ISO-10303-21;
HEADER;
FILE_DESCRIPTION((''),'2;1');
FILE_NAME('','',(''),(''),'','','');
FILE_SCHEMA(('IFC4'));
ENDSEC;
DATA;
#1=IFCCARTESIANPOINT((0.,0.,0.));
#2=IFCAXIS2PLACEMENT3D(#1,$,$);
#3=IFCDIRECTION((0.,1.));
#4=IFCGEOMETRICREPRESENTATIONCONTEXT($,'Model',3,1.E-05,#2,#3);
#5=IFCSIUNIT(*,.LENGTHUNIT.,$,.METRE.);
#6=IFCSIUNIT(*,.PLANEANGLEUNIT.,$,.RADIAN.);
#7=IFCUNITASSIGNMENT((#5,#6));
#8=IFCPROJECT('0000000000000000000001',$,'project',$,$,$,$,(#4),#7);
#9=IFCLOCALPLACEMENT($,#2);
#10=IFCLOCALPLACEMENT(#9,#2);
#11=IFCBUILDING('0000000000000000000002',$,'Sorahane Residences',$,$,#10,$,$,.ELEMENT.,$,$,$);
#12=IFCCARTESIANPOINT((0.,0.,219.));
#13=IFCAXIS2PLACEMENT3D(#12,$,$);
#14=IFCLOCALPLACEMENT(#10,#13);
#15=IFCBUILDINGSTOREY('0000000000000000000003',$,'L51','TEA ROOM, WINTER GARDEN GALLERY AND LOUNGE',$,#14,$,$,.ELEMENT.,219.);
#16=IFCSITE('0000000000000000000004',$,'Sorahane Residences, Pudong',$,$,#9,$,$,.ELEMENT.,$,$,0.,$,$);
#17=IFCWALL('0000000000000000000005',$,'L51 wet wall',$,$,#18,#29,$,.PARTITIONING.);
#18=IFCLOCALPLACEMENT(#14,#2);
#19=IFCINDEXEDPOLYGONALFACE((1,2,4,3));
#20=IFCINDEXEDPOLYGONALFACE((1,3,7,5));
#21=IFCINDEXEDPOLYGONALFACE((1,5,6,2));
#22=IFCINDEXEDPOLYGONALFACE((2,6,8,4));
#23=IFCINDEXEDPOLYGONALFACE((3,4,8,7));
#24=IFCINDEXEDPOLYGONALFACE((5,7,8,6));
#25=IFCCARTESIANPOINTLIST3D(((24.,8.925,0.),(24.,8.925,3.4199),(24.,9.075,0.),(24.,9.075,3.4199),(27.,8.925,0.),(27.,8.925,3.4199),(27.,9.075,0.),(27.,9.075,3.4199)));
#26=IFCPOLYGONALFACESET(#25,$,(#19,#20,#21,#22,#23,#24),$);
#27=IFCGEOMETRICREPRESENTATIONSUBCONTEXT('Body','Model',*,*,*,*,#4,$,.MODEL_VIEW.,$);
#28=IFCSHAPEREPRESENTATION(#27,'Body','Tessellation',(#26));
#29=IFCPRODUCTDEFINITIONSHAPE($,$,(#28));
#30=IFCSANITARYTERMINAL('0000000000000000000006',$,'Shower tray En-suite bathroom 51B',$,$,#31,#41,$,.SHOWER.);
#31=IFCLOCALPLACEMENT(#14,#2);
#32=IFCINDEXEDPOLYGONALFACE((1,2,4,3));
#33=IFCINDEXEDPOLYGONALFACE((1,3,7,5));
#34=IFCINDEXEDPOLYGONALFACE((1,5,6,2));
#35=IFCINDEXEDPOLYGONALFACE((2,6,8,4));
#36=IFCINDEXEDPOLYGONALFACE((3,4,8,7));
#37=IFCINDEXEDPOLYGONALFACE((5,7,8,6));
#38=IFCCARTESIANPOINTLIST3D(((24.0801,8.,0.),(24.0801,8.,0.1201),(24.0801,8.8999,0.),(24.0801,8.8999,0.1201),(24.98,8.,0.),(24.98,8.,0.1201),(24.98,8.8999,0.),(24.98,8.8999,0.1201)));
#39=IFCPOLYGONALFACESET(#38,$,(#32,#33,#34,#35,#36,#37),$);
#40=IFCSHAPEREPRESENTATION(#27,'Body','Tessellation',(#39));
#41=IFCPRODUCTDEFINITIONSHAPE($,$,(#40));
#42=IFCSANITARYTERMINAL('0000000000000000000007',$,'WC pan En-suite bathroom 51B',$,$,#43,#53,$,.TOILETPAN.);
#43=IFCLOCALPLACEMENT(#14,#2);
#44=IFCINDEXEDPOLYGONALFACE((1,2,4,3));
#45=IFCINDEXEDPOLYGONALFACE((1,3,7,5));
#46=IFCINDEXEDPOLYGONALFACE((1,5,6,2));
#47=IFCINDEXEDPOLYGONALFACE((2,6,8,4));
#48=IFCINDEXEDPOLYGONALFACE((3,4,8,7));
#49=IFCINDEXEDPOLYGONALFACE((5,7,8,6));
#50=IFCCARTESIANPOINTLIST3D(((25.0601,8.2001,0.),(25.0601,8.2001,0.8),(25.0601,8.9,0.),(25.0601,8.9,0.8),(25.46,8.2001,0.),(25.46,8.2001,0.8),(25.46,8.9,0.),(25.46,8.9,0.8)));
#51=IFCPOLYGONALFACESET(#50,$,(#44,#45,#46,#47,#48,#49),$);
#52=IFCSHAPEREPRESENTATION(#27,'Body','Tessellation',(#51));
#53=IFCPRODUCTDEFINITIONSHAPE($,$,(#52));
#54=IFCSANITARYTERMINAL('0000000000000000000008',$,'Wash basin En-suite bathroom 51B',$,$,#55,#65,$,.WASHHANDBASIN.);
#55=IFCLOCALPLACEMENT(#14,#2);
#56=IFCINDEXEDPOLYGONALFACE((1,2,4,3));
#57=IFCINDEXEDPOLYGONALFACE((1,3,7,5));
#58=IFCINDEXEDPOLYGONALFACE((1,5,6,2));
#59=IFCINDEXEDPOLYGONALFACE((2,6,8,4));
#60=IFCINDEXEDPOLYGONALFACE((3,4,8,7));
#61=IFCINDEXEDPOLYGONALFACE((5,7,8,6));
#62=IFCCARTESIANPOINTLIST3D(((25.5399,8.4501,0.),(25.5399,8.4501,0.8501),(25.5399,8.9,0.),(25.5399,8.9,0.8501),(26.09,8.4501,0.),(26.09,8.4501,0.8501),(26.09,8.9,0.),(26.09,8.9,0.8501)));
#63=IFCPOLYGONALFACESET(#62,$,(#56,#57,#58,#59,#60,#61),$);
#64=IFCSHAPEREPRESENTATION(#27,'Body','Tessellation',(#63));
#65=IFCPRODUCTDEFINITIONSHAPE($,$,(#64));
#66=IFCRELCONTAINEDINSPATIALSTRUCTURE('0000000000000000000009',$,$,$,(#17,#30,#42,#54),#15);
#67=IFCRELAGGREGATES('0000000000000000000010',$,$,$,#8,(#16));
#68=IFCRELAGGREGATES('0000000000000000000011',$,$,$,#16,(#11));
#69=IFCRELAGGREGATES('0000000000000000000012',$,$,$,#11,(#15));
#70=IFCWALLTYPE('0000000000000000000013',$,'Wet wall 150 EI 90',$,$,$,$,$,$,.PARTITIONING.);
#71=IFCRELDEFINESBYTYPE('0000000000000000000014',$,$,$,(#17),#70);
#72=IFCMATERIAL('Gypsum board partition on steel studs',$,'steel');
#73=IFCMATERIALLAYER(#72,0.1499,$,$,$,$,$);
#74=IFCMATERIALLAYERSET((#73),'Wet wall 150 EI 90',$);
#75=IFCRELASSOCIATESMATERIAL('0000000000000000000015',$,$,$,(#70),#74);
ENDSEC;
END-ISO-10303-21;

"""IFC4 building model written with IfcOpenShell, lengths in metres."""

from ifc_helpers import new_model, si_unit, direction, frame, frame_2d, origin, origin_2d, place, context, subcontext, project, spatial, rectangle, extrude, material, layer, layer_set, type_object, element, save


model = new_model("IFC4")

# Units and contexts
model_context = context("Model", 3, precision=1e-05, world=origin(), true_north=direction((0.0, 1.0)))
body_context = subcontext(model_context, "Body", "Model", "MODEL_VIEW")
ifc_project = project(units=[si_unit("LENGTHUNIT", "METRE"), si_unit("PLANEANGLEUNIT", "RADIAN")], contexts=[model_context])

# Site, building, storey
site_placement = place(None, origin())
site = spatial("IfcSite", under=ifc_project, at=site_placement, Name="Sorahane Residences, Pudong", CompositionType="ELEMENT", RefElevation=0.0)
building_placement = place(site_placement, origin())
building = spatial("IfcBuilding", under=site, at=building_placement, Name="Sorahane Residences", CompositionType="ELEMENT")
storey_placement = place(building_placement, frame((0.0, 0.0, 219.0)))
storey = spatial("IfcBuildingStorey", under=building, at=storey_placement, Name="L51", Description="TEA ROOM, WINTER GARDEN GALLERY AND LOUNGE", CompositionType="ELEMENT", Elevation=219.0)

# Wall
ifc_material_1 = material(Name="Gypsum board partition on steel studs", Category="steel")
ifc_layer_1 = layer(ifc_material_1, 0.1499)
ifc_layer_set_1 = layer_set([ifc_layer_1], Name="Wet wall 150 EI 90")
wall_type_1 = type_object("IfcWallType", Name="Wet wall 150 EI 90", PredefinedType="PARTITIONING", material=ifc_layer_set_1)
wall_1_placement = place(storey_placement, frame((24.0, 9.0, 0.0), z_axis=(0.0, 0.0, 1.0), x_axis=(1.0, 0.0, 0.0)))
element("IfcWall", 1, at=wall_1_placement, inside=storey, type_object=wall_type_1, Name="L51 wet wall", PredefinedType="PARTITIONING", context=body_context, shape_type="SweptSolid", body=[
    extrude(rectangle(XDim=3.0, YDim=0.1499, at=frame_2d((1.5, 0.0))), origin(), (0.0, 0.0, 1.0), 3.4199),
])

# Sanitary terminals
sanitary_terminal_1_placement = place(storey_placement, frame((24.53, 8.45, 0.0), z_axis=(0.0, 0.0, 1.0), x_axis=(1.0, 0.0, 0.0)))
element("IfcSanitaryTerminal", 2, at=sanitary_terminal_1_placement, inside=storey, Name="Shower tray En-suite bathroom 51B", PredefinedType="SHOWER", context=body_context, shape_type="SweptSolid", body=[
    extrude(rectangle(XDim=0.8999, YDim=0.8999, at=origin_2d()), origin(), (0.0, 0.0, 1.0), 0.1201),
])
sanitary_terminal_2_placement = place(storey_placement, frame((25.26, 8.55, 0.0), z_axis=(0.0, 0.0, 1.0), x_axis=(1.0, 0.0, 0.0)))
element("IfcSanitaryTerminal", 3, at=sanitary_terminal_2_placement, inside=storey, Name="WC pan En-suite bathroom 51B", PredefinedType="TOILETPAN", context=body_context, shape_type="SweptSolid", body=[
    extrude(rectangle(XDim=0.3999, YDim=0.7, at=origin_2d()), origin(), (0.0, 0.0, 1.0), 0.8),
])
sanitary_terminal_3_placement = place(storey_placement, frame((25.8149, 8.675, 0.0), z_axis=(0.0, 0.0, 1.0), x_axis=(1.0, 0.0, 0.0)))
element("IfcSanitaryTerminal", 4, at=sanitary_terminal_3_placement, inside=storey, Name="Wash basin En-suite bathroom 51B", PredefinedType="WASHHANDBASIN", context=body_context, shape_type="SweptSolid", body=[
    extrude(rectangle(XDim=0.55, YDim=0.45, at=origin_2d()), origin(), (0.0, 0.0, 1.0), 0.8501),
])

save(model, "model.ifc")
